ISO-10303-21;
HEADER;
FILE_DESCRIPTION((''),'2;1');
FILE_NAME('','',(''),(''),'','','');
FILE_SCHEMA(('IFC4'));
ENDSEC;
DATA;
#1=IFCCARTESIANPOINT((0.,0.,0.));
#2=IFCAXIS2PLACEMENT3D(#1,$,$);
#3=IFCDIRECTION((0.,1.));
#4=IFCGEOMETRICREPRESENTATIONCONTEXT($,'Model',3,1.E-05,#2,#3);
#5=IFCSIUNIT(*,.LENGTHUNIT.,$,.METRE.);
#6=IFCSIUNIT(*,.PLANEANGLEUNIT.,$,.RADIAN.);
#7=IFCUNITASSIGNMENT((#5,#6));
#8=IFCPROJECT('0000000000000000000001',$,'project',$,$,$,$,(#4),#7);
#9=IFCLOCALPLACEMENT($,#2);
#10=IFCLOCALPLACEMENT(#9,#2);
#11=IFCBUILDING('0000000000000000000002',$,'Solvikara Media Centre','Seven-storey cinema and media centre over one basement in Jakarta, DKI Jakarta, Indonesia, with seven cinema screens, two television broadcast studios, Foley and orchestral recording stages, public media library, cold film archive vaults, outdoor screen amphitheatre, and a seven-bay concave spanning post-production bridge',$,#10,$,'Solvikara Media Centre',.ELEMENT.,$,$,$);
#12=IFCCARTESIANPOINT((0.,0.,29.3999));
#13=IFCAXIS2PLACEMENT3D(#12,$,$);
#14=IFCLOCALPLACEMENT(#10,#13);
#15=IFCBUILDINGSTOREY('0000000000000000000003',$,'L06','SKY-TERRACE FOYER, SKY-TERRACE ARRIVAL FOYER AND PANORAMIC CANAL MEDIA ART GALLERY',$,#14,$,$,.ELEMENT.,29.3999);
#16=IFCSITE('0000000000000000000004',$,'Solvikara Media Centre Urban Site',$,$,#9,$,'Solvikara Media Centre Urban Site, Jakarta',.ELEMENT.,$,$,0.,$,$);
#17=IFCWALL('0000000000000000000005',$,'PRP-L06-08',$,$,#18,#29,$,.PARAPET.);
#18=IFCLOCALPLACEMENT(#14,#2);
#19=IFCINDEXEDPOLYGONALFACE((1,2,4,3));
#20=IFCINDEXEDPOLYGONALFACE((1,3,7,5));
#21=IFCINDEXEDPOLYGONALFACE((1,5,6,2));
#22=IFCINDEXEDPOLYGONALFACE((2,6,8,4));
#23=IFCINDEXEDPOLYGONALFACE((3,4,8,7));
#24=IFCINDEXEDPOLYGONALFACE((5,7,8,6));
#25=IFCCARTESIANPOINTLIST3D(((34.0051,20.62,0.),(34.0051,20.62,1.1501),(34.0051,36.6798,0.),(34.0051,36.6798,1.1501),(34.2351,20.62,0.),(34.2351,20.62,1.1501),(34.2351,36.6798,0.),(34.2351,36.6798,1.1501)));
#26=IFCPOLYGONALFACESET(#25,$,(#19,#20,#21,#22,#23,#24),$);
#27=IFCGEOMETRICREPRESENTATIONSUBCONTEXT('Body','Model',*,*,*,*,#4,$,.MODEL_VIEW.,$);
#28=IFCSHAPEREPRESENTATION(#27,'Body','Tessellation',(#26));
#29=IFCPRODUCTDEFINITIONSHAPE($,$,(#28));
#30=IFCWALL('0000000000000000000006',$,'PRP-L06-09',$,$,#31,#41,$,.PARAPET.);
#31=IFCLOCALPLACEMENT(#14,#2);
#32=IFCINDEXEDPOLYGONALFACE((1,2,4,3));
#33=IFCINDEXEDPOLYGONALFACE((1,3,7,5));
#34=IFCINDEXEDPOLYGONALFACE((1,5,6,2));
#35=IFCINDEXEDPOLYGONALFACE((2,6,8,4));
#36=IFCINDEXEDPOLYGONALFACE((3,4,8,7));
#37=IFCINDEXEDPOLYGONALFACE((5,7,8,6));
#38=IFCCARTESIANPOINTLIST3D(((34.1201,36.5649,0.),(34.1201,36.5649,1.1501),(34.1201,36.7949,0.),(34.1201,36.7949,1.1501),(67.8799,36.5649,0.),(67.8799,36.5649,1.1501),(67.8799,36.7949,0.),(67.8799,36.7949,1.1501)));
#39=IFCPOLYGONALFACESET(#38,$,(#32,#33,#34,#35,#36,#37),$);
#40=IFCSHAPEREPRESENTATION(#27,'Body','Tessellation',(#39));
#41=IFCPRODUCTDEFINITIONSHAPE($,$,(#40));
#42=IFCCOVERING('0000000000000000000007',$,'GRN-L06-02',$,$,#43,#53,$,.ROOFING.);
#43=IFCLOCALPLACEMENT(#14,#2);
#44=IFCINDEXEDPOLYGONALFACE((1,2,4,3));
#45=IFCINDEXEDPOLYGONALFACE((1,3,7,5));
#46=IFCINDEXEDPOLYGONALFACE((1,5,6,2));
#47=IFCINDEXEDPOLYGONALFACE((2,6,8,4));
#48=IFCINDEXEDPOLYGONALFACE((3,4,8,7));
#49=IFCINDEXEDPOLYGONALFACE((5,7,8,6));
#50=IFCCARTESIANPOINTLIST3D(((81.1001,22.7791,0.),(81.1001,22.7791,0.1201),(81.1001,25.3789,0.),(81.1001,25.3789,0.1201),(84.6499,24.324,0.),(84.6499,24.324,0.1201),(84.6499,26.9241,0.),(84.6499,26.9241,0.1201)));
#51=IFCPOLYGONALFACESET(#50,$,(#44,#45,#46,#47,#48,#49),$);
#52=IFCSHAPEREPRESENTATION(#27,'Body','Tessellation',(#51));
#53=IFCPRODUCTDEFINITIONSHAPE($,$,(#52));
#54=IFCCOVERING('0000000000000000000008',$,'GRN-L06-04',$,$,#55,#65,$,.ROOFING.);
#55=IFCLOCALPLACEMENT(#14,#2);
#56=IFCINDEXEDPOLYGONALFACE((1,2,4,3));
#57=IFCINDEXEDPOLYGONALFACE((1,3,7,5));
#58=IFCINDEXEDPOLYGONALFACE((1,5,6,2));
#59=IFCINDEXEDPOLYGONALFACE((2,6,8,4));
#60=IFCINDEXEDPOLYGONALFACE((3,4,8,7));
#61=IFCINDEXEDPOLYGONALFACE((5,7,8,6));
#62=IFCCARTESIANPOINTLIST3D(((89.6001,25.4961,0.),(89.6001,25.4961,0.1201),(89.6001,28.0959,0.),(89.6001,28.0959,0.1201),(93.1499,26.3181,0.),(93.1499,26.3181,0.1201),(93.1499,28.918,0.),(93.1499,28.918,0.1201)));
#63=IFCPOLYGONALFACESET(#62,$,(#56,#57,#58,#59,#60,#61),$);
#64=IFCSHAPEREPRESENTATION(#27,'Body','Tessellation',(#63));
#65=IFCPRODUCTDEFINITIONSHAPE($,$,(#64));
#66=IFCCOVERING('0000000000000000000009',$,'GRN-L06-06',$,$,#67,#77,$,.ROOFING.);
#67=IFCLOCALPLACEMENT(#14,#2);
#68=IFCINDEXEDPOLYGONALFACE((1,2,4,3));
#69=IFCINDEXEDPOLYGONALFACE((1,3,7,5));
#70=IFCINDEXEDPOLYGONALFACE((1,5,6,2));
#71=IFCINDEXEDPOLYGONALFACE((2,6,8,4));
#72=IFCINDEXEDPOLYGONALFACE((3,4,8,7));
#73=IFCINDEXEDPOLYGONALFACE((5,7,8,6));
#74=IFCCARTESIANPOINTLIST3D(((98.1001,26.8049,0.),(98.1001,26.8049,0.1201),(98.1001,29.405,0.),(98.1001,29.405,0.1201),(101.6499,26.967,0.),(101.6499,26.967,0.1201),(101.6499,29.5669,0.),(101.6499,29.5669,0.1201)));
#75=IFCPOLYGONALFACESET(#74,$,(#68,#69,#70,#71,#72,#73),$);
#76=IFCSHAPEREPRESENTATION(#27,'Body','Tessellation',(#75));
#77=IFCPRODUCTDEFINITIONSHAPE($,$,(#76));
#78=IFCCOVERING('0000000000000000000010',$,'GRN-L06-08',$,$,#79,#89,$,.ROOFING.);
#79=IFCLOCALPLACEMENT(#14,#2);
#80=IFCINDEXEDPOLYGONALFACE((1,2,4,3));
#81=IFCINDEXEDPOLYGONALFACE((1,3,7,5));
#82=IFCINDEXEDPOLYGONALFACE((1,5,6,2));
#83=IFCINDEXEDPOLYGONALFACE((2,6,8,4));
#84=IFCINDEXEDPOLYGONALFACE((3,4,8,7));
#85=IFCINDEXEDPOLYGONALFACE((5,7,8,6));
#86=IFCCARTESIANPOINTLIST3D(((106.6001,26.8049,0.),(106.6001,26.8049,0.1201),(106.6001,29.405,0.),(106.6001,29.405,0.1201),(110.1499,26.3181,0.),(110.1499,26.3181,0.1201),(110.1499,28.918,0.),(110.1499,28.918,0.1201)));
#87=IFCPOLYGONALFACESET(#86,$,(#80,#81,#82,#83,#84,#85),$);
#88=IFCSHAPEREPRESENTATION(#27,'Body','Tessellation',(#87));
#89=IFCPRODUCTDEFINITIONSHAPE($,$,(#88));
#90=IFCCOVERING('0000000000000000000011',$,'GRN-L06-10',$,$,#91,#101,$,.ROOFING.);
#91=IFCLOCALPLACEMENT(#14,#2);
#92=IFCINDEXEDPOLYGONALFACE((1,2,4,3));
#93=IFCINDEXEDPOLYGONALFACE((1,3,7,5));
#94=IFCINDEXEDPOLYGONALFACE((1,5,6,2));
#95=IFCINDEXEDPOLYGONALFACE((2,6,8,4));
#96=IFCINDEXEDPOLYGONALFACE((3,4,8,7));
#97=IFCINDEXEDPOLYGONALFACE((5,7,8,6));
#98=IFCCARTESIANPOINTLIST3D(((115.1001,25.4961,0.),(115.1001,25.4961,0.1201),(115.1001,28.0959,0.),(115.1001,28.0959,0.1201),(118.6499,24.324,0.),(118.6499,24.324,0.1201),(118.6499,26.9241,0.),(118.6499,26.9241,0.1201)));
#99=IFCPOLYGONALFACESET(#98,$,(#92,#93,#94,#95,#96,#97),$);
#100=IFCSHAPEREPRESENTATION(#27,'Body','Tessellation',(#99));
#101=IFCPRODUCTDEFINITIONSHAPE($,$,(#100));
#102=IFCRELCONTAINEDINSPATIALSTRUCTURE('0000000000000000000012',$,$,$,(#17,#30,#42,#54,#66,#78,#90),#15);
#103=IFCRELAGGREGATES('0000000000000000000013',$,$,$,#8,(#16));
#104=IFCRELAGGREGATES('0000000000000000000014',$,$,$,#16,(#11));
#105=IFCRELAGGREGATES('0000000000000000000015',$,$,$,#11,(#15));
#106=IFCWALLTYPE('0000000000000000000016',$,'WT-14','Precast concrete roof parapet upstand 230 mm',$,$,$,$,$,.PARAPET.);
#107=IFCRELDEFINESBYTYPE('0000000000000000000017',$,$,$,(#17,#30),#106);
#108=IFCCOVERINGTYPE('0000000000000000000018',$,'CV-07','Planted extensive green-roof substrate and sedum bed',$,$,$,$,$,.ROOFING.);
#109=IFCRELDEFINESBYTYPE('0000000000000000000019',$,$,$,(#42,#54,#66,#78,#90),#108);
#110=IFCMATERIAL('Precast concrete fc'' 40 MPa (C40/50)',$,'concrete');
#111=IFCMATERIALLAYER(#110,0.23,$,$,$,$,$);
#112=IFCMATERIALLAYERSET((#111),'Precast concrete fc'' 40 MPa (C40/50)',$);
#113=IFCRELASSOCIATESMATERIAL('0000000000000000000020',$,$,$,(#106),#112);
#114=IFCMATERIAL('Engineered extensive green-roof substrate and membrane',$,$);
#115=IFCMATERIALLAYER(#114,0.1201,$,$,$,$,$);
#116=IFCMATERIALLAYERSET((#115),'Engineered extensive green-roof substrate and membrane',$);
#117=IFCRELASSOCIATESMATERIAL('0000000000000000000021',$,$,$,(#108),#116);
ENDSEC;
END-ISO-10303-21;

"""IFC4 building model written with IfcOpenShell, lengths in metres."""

from ifc_helpers import new_model, si_unit, direction, frame, frame_2d, origin, place, context, subcontext, project, spatial, polyline, rectangle, outline, extrude, material, layer, layer_set, type_object, element, save


model = new_model("IFC4")

# Units and contexts
model_context = context("Model", 3, precision=1e-05, world=origin(), true_north=direction((0.0, 1.0)))
body_context = subcontext(model_context, "Body", "Model", "MODEL_VIEW")
ifc_project = project(units=[si_unit("LENGTHUNIT", "METRE"), si_unit("PLANEANGLEUNIT", "RADIAN")], contexts=[model_context])

# Site, building, storey
site_placement = place(None, origin())
site = spatial("IfcSite", under=ifc_project, at=site_placement, Name="Solvikara Media Centre Urban Site", LongName="Solvikara Media Centre Urban Site, Jakarta", CompositionType="ELEMENT", RefElevation=0.0)
building_placement = place(site_placement, origin())
building = spatial("IfcBuilding", under=site, at=building_placement, Name="Solvikara Media Centre", Description="Seven-storey cinema and media centre over one basement in Jakarta, DKI Jakarta, Indonesia, with seven cinema screens, two television broadcast studios, Foley and orchestral recording stages, public media library, cold film archive vaults, outdoor screen amphitheatre, and a seven-bay concave spanning post-production bridge", LongName="Solvikara Media Centre", CompositionType="ELEMENT")
storey_placement = place(building_placement, frame((0.0, 0.0, 29.3999)))
storey = spatial("IfcBuildingStorey", under=building, at=storey_placement, Name="L06", Description="SKY-TERRACE FOYER, SKY-TERRACE ARRIVAL FOYER AND PANORAMIC CANAL MEDIA ART GALLERY", CompositionType="ELEMENT", Elevation=29.3999)

# Walls
ifc_material_1 = material(Name="Precast concrete fc' 40 MPa (C40/50)", Category="concrete")
ifc_layer_1 = layer(ifc_material_1, 0.23)
ifc_layer_set_1 = layer_set([ifc_layer_1], Name="Precast concrete fc' 40 MPa (C40/50)")
wall_type = type_object("IfcWallType", Name="WT-14", Description="Precast concrete roof parapet upstand 230 mm", PredefinedType="PARAPET", material=ifc_layer_set_1)
wall_1_placement = place(storey_placement, frame((34.1201, 20.6201, 0.0), z_axis=(0.0, 0.0, 1.0), x_axis=(0.0, 1.0, 0.0)))
element("IfcWall", 1, at=wall_1_placement, inside=storey, type_object=wall_type, Name="PRP-L06-08", PredefinedType="PARAPET", context=body_context, shape_type="SweptSolid", body=[
    extrude(rectangle(XDim=16.0598, YDim=0.23, at=frame_2d((8.0298, 0.0))), origin(), (0.0, 0.0, 1.0), 1.1501),
])
wall_2_placement = place(storey_placement, frame((34.1201, 36.6799, 0.0), z_axis=(0.0, 0.0, 1.0), x_axis=(1.0, 0.0, 0.0)))
element("IfcWall", 2, at=wall_2_placement, inside=storey, type_object=wall_type, Name="PRP-L06-09", PredefinedType="PARAPET", context=body_context, shape_type="SweptSolid", body=[
    extrude(rectangle(XDim=33.7598, YDim=0.23, at=frame_2d((16.8799, 0.0))), origin(), (0.0, 0.0, 1.0), 1.1501),
])

# Coverings
ifc_material_2 = material(Name="Engineered extensive green-roof substrate and membrane")
ifc_layer_2 = layer(ifc_material_2, 0.1201)
ifc_layer_set_2 = layer_set([ifc_layer_2], Name="Engineered extensive green-roof substrate and membrane")
covering_type = type_object("IfcCoveringType", Name="CV-07", Description="Planted extensive green-roof substrate and sedum bed", PredefinedType="ROOFING", material=ifc_layer_set_2)
covering_1_placement = place(storey_placement, origin())
element("IfcCovering", 3, at=covering_1_placement, inside=storey, type_object=covering_type, Name="GRN-L06-02", PredefinedType="ROOFING", context=body_context, shape_type="SweptSolid", body=[
    extrude(outline(polyline([(81.1001, 22.7791), (84.6499, 24.324), (84.6499, 26.9241), (81.1001, 25.3789), (81.1001, 22.7791)])), origin(), (0.0, 0.0, 1.0), 0.1201),
])
covering_2_placement = place(storey_placement, origin())
element("IfcCovering", 4, at=covering_2_placement, inside=storey, type_object=covering_type, Name="GRN-L06-04", PredefinedType="ROOFING", context=body_context, shape_type="SweptSolid", body=[
    extrude(outline(polyline([(89.6001, 25.4961), (93.1499, 26.3181), (93.1499, 28.918), (89.6001, 28.0959), (89.6001, 25.4961)])), origin(), (0.0, 0.0, 1.0), 0.1201),
])
covering_3_placement = place(storey_placement, origin())
element("IfcCovering", 5, at=covering_3_placement, inside=storey, type_object=covering_type, Name="GRN-L06-06", PredefinedType="ROOFING", context=body_context, shape_type="SweptSolid", body=[
    extrude(outline(polyline([(98.1001, 26.8049), (101.6499, 26.967), (101.6499, 29.5669), (98.1001, 29.405), (98.1001, 26.8049)])), origin(), (0.0, 0.0, 1.0), 0.1201),
])
covering_4_placement = place(storey_placement, origin())
element("IfcCovering", 6, at=covering_4_placement, inside=storey, type_object=covering_type, Name="GRN-L06-08", PredefinedType="ROOFING", context=body_context, shape_type="SweptSolid", body=[
    extrude(outline(polyline([(106.6001, 26.8049), (110.1499, 26.3181), (110.1499, 28.918), (106.6001, 29.405), (106.6001, 26.8049)])), origin(), (0.0, 0.0, 1.0), 0.1201),
])
covering_5_placement = place(storey_placement, origin())
element("IfcCovering", 7, at=covering_5_placement, inside=storey, type_object=covering_type, Name="GRN-L06-10", PredefinedType="ROOFING", context=body_context, shape_type="SweptSolid", body=[
    extrude(outline(polyline([(115.1001, 25.4961), (118.6499, 24.324), (118.6499, 26.9241), (115.1001, 28.0959), (115.1001, 25.4961)])), origin(), (0.0, 0.0, 1.0), 0.1201),
])

save(model, "model.ifc")
